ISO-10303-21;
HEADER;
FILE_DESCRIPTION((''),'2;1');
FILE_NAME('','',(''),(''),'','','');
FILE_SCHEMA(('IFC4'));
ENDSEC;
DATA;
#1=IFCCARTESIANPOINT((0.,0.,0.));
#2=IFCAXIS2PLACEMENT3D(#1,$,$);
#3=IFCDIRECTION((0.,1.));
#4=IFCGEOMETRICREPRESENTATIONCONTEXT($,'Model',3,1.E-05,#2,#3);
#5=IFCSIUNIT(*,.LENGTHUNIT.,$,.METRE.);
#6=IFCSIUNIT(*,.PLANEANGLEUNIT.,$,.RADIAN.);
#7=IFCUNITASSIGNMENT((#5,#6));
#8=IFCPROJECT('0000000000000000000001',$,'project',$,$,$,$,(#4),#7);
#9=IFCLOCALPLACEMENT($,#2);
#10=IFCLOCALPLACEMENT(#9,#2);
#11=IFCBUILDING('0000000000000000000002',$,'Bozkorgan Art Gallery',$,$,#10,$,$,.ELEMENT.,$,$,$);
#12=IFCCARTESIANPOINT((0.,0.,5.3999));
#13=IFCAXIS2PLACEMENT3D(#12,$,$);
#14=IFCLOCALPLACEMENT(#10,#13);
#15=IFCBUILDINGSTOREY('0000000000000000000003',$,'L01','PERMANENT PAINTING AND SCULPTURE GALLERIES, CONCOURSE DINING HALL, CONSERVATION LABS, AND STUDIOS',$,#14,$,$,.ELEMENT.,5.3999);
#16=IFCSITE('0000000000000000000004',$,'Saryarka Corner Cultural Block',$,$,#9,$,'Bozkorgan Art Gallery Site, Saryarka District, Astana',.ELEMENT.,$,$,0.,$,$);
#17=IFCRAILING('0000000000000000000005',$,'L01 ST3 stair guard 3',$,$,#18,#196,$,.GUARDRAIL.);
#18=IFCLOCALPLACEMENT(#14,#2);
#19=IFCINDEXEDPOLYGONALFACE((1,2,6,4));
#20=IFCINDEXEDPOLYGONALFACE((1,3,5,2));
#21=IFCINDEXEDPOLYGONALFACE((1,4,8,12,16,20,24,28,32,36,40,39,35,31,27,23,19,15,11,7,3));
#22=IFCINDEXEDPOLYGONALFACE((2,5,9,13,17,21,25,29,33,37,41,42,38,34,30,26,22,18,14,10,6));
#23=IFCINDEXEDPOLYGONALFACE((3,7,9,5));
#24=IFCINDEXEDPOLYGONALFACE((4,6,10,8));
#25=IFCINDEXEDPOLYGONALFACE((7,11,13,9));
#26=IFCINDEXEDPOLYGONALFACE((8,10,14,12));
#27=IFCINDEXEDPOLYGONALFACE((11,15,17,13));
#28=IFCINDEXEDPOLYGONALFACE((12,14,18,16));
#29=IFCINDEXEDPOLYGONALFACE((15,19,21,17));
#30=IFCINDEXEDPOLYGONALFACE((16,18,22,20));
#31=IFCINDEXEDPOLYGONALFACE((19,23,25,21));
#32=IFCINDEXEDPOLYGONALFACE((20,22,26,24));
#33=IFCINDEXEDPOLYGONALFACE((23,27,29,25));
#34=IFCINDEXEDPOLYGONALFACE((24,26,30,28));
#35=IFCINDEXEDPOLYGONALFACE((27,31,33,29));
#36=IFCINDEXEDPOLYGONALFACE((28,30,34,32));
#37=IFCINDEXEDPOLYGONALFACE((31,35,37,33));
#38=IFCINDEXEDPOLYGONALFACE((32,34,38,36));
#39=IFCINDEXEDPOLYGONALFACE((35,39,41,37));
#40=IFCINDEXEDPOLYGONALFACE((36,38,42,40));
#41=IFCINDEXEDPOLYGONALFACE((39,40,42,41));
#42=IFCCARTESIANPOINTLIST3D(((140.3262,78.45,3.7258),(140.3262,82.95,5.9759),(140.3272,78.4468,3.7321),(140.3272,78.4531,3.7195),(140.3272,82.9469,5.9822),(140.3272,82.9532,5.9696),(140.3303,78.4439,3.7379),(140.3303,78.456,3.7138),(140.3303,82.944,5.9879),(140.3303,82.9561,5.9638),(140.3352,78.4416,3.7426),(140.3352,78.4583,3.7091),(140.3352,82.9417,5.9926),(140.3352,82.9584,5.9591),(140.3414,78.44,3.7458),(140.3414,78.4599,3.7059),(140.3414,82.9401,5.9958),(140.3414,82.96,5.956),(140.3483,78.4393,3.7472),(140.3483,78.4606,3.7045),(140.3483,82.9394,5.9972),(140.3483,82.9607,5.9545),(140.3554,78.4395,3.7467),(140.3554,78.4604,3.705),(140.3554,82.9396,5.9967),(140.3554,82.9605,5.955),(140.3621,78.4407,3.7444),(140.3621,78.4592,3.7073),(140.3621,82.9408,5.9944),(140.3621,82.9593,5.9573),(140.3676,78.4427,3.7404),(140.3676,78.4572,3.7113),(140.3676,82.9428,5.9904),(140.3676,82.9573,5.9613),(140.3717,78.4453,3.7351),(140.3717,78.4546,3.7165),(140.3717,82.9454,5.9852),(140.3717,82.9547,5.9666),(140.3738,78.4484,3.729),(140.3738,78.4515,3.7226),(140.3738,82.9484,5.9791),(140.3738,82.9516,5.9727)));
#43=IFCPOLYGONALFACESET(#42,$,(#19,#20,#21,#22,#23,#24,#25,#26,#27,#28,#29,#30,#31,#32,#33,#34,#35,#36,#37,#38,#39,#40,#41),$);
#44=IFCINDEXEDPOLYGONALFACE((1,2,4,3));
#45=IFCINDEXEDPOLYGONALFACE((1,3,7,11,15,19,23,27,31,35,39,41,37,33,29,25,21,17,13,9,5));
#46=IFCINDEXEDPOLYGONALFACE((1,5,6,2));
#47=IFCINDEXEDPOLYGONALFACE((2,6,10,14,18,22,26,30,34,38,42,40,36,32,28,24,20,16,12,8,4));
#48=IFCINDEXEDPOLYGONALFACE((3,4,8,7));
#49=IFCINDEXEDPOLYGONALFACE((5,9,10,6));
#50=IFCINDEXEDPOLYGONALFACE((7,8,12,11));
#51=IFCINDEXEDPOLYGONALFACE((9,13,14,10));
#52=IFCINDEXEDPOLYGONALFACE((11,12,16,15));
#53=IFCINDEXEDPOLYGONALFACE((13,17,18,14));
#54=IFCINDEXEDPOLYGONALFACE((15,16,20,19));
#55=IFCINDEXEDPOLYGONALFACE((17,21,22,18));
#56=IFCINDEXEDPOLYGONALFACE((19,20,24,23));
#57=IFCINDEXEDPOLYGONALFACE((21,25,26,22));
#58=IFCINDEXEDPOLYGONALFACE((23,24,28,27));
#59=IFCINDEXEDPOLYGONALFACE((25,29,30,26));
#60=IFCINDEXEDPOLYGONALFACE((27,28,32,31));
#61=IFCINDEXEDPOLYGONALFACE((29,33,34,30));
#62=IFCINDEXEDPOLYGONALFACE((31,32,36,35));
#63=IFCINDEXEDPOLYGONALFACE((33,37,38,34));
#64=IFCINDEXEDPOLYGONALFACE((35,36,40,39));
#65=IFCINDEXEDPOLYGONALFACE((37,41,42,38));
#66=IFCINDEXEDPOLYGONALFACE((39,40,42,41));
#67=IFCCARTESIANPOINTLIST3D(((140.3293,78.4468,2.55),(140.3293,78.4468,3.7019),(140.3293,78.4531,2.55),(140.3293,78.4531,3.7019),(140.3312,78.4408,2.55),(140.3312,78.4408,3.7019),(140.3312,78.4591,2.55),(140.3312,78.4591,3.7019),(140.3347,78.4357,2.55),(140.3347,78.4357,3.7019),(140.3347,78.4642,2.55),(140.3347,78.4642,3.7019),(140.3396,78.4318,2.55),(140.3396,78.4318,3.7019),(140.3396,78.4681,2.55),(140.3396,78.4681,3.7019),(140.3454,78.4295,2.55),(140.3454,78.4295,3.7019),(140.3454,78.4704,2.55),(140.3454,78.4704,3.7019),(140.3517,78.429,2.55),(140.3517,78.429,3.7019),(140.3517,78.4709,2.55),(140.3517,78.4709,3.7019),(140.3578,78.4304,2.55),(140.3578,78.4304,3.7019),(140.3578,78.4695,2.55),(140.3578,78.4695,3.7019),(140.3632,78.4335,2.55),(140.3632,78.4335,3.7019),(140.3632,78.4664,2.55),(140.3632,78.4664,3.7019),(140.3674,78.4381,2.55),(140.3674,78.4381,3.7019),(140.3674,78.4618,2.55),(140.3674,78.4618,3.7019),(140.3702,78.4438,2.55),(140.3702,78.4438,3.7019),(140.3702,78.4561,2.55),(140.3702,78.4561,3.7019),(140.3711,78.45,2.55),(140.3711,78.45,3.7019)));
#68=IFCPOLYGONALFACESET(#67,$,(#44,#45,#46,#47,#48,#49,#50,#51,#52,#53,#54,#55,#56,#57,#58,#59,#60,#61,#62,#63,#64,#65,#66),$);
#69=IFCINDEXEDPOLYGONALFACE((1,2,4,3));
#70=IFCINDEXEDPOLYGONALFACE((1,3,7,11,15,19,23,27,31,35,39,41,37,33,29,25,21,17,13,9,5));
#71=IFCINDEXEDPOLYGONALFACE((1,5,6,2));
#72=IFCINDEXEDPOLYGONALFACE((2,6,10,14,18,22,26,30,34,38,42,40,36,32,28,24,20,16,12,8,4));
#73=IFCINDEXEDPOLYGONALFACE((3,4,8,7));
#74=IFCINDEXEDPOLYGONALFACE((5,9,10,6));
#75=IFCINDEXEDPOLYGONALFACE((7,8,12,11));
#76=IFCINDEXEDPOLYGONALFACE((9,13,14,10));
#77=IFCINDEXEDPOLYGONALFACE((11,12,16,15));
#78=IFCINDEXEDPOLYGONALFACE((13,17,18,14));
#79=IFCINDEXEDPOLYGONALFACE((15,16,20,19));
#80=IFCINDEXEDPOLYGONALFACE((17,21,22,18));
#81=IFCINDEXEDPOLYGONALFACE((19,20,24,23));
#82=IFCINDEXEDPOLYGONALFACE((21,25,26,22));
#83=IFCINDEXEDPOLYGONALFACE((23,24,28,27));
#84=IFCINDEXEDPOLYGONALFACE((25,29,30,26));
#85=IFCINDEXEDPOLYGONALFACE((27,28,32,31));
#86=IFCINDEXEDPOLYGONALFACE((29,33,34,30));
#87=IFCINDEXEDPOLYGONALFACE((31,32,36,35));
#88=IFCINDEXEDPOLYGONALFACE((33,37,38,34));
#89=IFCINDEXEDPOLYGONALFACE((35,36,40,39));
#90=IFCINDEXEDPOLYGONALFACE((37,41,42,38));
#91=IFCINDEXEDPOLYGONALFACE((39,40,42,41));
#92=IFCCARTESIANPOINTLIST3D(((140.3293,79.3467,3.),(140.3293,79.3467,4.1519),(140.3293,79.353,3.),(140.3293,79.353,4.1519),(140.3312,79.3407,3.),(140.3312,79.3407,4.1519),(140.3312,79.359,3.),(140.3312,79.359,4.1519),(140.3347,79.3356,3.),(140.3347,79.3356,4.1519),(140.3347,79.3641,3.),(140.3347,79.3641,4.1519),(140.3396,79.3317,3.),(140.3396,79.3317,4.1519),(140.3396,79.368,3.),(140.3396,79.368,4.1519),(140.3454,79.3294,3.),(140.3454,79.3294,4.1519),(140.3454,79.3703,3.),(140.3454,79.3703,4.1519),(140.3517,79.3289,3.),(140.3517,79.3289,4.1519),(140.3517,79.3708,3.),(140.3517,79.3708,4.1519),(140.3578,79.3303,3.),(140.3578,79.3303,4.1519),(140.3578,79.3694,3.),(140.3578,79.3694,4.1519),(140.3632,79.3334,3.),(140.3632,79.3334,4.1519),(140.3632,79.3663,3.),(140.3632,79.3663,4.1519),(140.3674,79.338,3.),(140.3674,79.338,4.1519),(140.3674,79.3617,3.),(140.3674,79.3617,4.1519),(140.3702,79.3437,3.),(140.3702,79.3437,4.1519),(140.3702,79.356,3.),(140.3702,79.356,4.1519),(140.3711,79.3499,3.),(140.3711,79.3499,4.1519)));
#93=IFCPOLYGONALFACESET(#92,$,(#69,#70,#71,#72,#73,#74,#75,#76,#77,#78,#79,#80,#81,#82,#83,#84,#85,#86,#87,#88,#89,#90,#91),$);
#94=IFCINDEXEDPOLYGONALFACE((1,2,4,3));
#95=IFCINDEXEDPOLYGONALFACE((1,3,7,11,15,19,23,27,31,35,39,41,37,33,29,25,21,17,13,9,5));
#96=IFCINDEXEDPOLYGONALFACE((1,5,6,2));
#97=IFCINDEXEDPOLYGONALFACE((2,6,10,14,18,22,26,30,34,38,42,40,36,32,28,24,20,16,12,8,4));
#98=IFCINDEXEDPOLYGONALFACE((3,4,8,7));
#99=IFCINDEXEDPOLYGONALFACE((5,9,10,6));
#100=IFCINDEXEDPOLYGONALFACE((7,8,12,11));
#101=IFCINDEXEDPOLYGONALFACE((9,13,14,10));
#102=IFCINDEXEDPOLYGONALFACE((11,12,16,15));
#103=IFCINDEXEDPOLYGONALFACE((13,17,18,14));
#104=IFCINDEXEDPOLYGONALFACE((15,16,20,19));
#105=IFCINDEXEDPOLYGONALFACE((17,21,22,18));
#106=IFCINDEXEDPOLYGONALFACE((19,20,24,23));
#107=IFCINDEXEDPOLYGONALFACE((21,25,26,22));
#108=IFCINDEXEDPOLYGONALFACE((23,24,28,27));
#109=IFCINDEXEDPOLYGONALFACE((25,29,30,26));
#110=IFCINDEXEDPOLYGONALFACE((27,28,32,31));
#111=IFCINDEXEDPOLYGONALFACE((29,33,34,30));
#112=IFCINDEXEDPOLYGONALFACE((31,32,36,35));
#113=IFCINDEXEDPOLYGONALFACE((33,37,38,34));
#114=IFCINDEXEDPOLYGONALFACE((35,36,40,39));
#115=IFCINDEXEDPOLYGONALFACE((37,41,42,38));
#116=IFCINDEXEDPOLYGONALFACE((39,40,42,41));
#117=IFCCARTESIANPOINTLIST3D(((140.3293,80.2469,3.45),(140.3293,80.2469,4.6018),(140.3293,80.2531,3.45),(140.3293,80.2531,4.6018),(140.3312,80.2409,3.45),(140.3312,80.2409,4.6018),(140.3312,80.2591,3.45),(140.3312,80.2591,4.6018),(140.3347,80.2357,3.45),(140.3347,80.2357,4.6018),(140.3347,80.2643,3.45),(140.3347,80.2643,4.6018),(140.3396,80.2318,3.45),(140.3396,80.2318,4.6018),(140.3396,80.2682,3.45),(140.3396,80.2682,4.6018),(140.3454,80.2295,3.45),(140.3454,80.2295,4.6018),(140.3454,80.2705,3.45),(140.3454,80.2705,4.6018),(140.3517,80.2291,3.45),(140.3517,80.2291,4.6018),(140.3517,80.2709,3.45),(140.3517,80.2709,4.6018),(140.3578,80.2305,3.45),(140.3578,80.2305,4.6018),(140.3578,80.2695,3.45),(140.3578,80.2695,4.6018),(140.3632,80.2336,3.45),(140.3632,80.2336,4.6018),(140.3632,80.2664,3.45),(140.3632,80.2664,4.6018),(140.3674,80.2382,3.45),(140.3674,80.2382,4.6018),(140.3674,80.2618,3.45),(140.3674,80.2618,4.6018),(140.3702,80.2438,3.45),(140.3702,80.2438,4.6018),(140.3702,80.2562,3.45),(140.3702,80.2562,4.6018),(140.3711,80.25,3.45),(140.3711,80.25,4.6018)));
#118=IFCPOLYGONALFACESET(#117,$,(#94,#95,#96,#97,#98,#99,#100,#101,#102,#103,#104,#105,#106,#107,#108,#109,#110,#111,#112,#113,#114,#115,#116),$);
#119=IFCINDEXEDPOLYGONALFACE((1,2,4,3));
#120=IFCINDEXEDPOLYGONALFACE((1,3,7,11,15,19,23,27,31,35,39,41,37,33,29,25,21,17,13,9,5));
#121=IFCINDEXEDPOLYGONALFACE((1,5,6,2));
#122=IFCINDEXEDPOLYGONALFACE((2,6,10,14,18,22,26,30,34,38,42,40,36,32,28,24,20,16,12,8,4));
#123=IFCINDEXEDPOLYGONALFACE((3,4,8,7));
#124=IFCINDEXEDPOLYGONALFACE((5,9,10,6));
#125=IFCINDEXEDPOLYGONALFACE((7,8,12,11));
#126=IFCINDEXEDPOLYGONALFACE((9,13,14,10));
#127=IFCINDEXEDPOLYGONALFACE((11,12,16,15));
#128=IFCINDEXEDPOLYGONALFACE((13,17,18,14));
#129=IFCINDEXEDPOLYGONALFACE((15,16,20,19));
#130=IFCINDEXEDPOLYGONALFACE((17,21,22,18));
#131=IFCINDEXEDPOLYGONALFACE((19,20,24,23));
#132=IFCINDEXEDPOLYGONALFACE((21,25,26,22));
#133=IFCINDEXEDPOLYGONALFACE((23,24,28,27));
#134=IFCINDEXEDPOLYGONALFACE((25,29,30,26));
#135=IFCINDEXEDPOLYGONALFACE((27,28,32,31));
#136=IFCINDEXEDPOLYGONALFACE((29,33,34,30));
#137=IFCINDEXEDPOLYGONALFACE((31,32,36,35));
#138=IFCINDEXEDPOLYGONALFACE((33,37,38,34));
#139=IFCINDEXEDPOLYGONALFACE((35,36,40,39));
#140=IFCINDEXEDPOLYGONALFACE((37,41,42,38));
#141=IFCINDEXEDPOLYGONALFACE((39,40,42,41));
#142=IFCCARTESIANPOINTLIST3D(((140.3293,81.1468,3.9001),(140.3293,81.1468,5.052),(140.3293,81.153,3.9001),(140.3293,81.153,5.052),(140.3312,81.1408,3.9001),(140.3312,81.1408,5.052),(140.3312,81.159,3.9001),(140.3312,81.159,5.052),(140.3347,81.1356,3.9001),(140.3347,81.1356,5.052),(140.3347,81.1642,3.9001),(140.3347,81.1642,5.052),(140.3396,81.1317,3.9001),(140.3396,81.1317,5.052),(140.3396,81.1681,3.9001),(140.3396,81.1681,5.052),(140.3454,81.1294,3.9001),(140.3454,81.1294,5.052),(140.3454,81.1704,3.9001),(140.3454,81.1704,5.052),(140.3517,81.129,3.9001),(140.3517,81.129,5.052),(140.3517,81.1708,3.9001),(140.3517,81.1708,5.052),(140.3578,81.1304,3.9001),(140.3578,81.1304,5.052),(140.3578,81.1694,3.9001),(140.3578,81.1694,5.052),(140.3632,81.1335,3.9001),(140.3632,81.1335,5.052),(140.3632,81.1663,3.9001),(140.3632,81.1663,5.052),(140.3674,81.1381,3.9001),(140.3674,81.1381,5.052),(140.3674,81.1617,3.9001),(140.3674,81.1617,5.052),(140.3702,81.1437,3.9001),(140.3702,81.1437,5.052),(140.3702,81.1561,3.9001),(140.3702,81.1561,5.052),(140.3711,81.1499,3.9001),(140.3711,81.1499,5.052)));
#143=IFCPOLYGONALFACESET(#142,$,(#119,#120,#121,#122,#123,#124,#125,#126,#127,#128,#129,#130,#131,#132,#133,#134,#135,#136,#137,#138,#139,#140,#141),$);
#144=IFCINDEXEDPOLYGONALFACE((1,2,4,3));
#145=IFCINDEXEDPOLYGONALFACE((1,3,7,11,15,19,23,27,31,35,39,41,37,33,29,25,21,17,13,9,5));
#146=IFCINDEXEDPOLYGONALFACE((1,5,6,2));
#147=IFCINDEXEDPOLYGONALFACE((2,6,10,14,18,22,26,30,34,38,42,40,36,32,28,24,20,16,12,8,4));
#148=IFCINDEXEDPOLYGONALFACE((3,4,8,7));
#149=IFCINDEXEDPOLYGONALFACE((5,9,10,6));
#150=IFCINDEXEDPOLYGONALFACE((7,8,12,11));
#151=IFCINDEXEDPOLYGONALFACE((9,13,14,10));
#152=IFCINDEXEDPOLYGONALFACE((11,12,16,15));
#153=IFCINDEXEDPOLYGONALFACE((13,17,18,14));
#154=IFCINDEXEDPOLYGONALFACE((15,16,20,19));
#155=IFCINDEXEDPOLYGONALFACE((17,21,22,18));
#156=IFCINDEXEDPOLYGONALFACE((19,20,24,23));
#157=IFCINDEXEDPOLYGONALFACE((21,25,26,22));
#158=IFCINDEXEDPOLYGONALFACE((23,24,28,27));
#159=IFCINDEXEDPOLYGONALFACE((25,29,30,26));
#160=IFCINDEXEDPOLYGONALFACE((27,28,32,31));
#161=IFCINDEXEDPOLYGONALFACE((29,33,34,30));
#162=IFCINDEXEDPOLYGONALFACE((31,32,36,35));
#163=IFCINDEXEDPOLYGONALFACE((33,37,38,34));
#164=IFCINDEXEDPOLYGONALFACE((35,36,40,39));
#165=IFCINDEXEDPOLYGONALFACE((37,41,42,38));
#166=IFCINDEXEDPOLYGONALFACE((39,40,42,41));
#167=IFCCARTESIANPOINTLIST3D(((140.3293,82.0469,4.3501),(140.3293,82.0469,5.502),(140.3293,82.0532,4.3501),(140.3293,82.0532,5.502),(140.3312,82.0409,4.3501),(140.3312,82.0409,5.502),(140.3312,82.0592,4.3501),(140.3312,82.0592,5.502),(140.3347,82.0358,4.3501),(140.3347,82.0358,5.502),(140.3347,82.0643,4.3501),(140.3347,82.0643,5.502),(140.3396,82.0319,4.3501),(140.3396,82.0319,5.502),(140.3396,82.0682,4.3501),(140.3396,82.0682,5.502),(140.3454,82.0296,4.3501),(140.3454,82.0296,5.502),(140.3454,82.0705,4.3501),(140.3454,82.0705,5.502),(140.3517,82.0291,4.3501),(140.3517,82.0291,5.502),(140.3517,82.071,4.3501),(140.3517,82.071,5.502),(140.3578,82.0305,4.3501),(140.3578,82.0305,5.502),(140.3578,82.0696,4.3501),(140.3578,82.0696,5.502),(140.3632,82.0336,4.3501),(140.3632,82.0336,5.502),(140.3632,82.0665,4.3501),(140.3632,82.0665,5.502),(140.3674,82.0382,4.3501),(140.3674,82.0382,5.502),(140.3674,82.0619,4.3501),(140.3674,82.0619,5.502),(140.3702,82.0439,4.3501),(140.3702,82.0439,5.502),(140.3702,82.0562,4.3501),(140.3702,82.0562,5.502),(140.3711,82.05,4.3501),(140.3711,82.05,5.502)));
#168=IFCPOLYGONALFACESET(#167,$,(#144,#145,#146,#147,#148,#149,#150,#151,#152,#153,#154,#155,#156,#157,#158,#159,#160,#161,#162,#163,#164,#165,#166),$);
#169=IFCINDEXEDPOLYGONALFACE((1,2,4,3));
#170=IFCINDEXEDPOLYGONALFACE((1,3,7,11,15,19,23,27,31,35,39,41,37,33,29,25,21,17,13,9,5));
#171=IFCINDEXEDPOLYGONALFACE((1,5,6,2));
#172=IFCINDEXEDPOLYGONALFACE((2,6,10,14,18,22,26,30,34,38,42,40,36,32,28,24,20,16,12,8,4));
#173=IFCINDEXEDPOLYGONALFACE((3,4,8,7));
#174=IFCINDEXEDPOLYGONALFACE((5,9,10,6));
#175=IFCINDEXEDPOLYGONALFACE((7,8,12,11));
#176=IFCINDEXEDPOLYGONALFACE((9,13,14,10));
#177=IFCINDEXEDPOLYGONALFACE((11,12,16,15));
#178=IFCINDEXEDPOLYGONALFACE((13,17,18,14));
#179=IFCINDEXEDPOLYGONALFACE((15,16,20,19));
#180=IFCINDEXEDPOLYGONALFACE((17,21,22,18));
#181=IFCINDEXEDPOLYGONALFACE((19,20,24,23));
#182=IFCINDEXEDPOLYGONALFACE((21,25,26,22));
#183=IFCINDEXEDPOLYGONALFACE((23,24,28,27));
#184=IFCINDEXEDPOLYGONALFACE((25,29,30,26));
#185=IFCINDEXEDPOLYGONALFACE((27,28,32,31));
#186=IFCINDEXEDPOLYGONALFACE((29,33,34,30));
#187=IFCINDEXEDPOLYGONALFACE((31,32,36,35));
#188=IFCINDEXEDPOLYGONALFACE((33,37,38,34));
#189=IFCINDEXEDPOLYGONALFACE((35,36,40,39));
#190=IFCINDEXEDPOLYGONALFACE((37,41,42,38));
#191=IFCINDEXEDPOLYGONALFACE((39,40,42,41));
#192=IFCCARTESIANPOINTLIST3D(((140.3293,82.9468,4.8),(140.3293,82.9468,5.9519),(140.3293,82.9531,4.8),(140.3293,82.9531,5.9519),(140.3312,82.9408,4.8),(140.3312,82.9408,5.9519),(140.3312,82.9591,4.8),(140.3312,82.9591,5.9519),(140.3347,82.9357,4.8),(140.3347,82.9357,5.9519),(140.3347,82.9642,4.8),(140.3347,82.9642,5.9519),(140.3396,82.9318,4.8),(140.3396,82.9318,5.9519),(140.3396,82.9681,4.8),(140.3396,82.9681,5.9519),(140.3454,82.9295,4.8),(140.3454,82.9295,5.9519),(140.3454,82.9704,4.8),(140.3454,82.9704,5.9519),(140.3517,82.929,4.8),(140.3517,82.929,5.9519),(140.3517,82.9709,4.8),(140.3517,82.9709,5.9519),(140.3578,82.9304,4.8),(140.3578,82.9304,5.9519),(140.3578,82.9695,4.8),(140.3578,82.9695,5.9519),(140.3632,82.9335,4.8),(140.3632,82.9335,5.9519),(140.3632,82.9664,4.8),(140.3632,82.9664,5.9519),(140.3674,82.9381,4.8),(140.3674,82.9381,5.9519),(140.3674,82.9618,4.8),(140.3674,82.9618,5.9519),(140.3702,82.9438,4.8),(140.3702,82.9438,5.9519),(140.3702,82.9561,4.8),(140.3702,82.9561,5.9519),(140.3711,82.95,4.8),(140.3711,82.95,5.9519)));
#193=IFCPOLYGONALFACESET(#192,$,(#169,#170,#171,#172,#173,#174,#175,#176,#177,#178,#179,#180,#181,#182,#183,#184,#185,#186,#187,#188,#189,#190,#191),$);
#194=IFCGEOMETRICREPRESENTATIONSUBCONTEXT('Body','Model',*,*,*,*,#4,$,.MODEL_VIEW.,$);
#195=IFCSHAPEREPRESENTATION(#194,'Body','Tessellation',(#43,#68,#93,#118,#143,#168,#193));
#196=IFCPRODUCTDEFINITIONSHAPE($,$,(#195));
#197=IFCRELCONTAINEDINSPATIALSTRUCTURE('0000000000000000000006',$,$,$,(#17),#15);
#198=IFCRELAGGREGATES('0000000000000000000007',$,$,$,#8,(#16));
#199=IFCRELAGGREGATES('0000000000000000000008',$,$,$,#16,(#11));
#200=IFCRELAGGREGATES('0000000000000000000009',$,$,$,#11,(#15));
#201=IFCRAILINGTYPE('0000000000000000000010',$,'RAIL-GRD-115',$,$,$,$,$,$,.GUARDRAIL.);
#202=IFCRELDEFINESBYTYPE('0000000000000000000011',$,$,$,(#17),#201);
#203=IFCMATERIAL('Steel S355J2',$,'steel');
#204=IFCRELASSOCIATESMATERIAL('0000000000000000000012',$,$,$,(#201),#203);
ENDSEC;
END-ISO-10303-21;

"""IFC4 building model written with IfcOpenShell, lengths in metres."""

from ifc_helpers import new_model, si_unit, direction, frame, origin, origin_2d, place, context, subcontext, project, spatial, circle, extrude, material, type_object, element, save


model = new_model("IFC4")

# Units and contexts
model_context = context("Model", 3, precision=1e-05, world=origin(), true_north=direction((0.0, 1.0)))
body_context = subcontext(model_context, "Body", "Model", "MODEL_VIEW")
ifc_project = project(units=[si_unit("LENGTHUNIT", "METRE"), si_unit("PLANEANGLEUNIT", "RADIAN")], contexts=[model_context])

# Site, building, storey
site_placement = place(None, origin())
site = spatial("IfcSite", under=ifc_project, at=site_placement, Name="Saryarka Corner Cultural Block", LongName="Bozkorgan Art Gallery Site, Saryarka District, Astana", CompositionType="ELEMENT", RefElevation=0.0)
building_placement = place(site_placement, origin())
building = spatial("IfcBuilding", under=site, at=building_placement, Name="Bozkorgan Art Gallery", CompositionType="ELEMENT")
storey_placement = place(building_placement, frame((0.0, 0.0, 5.3999)))
storey = spatial("IfcBuildingStorey", under=building, at=storey_placement, Name="L01", Description="PERMANENT PAINTING AND SCULPTURE GALLERIES, CONCOURSE DINING HALL, CONSERVATION LABS, AND STUDIOS", CompositionType="ELEMENT", Elevation=5.3999)

# Shared definitions
ifc_material_1 = material(Name="Steel S355J2", Category="steel")

# Railing
railing_type_1 = type_object("IfcRailingType", Name="RAIL-GRD-115", PredefinedType="GUARDRAIL", material=ifc_material_1)
railing_1_placement = place(storey_placement, frame((140.3501, 78.45, 2.55)))
element("IfcRailing", 1, at=railing_1_placement, inside=storey, type_object=railing_type_1, Name="L01 ST3 stair guard 3", PredefinedType="GUARDRAIL", context=body_context, shape_type="SweptSolid", body=[
    extrude(circle(Radius=0.0239, at=origin_2d()), frame((0.0, 0.0, 1.1758), z_axis=(0.0, 0.894427, 0.447214), x_axis=(-1.0, 0.0, 0.0)), (0.0, 0.0, 1.0), 5.0312),
    extrude(circle(Radius=0.021, at=origin_2d()), origin(), (0.0, 0.0, 1.0), 1.1519),
    extrude(circle(Radius=0.021, at=origin_2d()), frame((0.0, 0.8999, 0.45)), (0.0, 0.0, 1.0), 1.1519),
    extrude(circle(Radius=0.021, at=origin_2d()), frame((0.0, 1.8, 0.8999)), (0.0, 0.0, 1.0), 1.1519),
    extrude(circle(Radius=0.021, at=origin_2d()), frame((0.0, 2.7, 1.3501)), (0.0, 0.0, 1.0), 1.1519),
    extrude(circle(Radius=0.021, at=origin_2d()), frame((0.0, 3.6001, 1.8)), (0.0, 0.0, 1.0), 1.1519),
    extrude(circle(Radius=0.021, at=origin_2d()), frame((0.0, 4.5, 2.25)), (0.0, 0.0, 1.0), 1.1519),
])

save(model, "model.ifc")
